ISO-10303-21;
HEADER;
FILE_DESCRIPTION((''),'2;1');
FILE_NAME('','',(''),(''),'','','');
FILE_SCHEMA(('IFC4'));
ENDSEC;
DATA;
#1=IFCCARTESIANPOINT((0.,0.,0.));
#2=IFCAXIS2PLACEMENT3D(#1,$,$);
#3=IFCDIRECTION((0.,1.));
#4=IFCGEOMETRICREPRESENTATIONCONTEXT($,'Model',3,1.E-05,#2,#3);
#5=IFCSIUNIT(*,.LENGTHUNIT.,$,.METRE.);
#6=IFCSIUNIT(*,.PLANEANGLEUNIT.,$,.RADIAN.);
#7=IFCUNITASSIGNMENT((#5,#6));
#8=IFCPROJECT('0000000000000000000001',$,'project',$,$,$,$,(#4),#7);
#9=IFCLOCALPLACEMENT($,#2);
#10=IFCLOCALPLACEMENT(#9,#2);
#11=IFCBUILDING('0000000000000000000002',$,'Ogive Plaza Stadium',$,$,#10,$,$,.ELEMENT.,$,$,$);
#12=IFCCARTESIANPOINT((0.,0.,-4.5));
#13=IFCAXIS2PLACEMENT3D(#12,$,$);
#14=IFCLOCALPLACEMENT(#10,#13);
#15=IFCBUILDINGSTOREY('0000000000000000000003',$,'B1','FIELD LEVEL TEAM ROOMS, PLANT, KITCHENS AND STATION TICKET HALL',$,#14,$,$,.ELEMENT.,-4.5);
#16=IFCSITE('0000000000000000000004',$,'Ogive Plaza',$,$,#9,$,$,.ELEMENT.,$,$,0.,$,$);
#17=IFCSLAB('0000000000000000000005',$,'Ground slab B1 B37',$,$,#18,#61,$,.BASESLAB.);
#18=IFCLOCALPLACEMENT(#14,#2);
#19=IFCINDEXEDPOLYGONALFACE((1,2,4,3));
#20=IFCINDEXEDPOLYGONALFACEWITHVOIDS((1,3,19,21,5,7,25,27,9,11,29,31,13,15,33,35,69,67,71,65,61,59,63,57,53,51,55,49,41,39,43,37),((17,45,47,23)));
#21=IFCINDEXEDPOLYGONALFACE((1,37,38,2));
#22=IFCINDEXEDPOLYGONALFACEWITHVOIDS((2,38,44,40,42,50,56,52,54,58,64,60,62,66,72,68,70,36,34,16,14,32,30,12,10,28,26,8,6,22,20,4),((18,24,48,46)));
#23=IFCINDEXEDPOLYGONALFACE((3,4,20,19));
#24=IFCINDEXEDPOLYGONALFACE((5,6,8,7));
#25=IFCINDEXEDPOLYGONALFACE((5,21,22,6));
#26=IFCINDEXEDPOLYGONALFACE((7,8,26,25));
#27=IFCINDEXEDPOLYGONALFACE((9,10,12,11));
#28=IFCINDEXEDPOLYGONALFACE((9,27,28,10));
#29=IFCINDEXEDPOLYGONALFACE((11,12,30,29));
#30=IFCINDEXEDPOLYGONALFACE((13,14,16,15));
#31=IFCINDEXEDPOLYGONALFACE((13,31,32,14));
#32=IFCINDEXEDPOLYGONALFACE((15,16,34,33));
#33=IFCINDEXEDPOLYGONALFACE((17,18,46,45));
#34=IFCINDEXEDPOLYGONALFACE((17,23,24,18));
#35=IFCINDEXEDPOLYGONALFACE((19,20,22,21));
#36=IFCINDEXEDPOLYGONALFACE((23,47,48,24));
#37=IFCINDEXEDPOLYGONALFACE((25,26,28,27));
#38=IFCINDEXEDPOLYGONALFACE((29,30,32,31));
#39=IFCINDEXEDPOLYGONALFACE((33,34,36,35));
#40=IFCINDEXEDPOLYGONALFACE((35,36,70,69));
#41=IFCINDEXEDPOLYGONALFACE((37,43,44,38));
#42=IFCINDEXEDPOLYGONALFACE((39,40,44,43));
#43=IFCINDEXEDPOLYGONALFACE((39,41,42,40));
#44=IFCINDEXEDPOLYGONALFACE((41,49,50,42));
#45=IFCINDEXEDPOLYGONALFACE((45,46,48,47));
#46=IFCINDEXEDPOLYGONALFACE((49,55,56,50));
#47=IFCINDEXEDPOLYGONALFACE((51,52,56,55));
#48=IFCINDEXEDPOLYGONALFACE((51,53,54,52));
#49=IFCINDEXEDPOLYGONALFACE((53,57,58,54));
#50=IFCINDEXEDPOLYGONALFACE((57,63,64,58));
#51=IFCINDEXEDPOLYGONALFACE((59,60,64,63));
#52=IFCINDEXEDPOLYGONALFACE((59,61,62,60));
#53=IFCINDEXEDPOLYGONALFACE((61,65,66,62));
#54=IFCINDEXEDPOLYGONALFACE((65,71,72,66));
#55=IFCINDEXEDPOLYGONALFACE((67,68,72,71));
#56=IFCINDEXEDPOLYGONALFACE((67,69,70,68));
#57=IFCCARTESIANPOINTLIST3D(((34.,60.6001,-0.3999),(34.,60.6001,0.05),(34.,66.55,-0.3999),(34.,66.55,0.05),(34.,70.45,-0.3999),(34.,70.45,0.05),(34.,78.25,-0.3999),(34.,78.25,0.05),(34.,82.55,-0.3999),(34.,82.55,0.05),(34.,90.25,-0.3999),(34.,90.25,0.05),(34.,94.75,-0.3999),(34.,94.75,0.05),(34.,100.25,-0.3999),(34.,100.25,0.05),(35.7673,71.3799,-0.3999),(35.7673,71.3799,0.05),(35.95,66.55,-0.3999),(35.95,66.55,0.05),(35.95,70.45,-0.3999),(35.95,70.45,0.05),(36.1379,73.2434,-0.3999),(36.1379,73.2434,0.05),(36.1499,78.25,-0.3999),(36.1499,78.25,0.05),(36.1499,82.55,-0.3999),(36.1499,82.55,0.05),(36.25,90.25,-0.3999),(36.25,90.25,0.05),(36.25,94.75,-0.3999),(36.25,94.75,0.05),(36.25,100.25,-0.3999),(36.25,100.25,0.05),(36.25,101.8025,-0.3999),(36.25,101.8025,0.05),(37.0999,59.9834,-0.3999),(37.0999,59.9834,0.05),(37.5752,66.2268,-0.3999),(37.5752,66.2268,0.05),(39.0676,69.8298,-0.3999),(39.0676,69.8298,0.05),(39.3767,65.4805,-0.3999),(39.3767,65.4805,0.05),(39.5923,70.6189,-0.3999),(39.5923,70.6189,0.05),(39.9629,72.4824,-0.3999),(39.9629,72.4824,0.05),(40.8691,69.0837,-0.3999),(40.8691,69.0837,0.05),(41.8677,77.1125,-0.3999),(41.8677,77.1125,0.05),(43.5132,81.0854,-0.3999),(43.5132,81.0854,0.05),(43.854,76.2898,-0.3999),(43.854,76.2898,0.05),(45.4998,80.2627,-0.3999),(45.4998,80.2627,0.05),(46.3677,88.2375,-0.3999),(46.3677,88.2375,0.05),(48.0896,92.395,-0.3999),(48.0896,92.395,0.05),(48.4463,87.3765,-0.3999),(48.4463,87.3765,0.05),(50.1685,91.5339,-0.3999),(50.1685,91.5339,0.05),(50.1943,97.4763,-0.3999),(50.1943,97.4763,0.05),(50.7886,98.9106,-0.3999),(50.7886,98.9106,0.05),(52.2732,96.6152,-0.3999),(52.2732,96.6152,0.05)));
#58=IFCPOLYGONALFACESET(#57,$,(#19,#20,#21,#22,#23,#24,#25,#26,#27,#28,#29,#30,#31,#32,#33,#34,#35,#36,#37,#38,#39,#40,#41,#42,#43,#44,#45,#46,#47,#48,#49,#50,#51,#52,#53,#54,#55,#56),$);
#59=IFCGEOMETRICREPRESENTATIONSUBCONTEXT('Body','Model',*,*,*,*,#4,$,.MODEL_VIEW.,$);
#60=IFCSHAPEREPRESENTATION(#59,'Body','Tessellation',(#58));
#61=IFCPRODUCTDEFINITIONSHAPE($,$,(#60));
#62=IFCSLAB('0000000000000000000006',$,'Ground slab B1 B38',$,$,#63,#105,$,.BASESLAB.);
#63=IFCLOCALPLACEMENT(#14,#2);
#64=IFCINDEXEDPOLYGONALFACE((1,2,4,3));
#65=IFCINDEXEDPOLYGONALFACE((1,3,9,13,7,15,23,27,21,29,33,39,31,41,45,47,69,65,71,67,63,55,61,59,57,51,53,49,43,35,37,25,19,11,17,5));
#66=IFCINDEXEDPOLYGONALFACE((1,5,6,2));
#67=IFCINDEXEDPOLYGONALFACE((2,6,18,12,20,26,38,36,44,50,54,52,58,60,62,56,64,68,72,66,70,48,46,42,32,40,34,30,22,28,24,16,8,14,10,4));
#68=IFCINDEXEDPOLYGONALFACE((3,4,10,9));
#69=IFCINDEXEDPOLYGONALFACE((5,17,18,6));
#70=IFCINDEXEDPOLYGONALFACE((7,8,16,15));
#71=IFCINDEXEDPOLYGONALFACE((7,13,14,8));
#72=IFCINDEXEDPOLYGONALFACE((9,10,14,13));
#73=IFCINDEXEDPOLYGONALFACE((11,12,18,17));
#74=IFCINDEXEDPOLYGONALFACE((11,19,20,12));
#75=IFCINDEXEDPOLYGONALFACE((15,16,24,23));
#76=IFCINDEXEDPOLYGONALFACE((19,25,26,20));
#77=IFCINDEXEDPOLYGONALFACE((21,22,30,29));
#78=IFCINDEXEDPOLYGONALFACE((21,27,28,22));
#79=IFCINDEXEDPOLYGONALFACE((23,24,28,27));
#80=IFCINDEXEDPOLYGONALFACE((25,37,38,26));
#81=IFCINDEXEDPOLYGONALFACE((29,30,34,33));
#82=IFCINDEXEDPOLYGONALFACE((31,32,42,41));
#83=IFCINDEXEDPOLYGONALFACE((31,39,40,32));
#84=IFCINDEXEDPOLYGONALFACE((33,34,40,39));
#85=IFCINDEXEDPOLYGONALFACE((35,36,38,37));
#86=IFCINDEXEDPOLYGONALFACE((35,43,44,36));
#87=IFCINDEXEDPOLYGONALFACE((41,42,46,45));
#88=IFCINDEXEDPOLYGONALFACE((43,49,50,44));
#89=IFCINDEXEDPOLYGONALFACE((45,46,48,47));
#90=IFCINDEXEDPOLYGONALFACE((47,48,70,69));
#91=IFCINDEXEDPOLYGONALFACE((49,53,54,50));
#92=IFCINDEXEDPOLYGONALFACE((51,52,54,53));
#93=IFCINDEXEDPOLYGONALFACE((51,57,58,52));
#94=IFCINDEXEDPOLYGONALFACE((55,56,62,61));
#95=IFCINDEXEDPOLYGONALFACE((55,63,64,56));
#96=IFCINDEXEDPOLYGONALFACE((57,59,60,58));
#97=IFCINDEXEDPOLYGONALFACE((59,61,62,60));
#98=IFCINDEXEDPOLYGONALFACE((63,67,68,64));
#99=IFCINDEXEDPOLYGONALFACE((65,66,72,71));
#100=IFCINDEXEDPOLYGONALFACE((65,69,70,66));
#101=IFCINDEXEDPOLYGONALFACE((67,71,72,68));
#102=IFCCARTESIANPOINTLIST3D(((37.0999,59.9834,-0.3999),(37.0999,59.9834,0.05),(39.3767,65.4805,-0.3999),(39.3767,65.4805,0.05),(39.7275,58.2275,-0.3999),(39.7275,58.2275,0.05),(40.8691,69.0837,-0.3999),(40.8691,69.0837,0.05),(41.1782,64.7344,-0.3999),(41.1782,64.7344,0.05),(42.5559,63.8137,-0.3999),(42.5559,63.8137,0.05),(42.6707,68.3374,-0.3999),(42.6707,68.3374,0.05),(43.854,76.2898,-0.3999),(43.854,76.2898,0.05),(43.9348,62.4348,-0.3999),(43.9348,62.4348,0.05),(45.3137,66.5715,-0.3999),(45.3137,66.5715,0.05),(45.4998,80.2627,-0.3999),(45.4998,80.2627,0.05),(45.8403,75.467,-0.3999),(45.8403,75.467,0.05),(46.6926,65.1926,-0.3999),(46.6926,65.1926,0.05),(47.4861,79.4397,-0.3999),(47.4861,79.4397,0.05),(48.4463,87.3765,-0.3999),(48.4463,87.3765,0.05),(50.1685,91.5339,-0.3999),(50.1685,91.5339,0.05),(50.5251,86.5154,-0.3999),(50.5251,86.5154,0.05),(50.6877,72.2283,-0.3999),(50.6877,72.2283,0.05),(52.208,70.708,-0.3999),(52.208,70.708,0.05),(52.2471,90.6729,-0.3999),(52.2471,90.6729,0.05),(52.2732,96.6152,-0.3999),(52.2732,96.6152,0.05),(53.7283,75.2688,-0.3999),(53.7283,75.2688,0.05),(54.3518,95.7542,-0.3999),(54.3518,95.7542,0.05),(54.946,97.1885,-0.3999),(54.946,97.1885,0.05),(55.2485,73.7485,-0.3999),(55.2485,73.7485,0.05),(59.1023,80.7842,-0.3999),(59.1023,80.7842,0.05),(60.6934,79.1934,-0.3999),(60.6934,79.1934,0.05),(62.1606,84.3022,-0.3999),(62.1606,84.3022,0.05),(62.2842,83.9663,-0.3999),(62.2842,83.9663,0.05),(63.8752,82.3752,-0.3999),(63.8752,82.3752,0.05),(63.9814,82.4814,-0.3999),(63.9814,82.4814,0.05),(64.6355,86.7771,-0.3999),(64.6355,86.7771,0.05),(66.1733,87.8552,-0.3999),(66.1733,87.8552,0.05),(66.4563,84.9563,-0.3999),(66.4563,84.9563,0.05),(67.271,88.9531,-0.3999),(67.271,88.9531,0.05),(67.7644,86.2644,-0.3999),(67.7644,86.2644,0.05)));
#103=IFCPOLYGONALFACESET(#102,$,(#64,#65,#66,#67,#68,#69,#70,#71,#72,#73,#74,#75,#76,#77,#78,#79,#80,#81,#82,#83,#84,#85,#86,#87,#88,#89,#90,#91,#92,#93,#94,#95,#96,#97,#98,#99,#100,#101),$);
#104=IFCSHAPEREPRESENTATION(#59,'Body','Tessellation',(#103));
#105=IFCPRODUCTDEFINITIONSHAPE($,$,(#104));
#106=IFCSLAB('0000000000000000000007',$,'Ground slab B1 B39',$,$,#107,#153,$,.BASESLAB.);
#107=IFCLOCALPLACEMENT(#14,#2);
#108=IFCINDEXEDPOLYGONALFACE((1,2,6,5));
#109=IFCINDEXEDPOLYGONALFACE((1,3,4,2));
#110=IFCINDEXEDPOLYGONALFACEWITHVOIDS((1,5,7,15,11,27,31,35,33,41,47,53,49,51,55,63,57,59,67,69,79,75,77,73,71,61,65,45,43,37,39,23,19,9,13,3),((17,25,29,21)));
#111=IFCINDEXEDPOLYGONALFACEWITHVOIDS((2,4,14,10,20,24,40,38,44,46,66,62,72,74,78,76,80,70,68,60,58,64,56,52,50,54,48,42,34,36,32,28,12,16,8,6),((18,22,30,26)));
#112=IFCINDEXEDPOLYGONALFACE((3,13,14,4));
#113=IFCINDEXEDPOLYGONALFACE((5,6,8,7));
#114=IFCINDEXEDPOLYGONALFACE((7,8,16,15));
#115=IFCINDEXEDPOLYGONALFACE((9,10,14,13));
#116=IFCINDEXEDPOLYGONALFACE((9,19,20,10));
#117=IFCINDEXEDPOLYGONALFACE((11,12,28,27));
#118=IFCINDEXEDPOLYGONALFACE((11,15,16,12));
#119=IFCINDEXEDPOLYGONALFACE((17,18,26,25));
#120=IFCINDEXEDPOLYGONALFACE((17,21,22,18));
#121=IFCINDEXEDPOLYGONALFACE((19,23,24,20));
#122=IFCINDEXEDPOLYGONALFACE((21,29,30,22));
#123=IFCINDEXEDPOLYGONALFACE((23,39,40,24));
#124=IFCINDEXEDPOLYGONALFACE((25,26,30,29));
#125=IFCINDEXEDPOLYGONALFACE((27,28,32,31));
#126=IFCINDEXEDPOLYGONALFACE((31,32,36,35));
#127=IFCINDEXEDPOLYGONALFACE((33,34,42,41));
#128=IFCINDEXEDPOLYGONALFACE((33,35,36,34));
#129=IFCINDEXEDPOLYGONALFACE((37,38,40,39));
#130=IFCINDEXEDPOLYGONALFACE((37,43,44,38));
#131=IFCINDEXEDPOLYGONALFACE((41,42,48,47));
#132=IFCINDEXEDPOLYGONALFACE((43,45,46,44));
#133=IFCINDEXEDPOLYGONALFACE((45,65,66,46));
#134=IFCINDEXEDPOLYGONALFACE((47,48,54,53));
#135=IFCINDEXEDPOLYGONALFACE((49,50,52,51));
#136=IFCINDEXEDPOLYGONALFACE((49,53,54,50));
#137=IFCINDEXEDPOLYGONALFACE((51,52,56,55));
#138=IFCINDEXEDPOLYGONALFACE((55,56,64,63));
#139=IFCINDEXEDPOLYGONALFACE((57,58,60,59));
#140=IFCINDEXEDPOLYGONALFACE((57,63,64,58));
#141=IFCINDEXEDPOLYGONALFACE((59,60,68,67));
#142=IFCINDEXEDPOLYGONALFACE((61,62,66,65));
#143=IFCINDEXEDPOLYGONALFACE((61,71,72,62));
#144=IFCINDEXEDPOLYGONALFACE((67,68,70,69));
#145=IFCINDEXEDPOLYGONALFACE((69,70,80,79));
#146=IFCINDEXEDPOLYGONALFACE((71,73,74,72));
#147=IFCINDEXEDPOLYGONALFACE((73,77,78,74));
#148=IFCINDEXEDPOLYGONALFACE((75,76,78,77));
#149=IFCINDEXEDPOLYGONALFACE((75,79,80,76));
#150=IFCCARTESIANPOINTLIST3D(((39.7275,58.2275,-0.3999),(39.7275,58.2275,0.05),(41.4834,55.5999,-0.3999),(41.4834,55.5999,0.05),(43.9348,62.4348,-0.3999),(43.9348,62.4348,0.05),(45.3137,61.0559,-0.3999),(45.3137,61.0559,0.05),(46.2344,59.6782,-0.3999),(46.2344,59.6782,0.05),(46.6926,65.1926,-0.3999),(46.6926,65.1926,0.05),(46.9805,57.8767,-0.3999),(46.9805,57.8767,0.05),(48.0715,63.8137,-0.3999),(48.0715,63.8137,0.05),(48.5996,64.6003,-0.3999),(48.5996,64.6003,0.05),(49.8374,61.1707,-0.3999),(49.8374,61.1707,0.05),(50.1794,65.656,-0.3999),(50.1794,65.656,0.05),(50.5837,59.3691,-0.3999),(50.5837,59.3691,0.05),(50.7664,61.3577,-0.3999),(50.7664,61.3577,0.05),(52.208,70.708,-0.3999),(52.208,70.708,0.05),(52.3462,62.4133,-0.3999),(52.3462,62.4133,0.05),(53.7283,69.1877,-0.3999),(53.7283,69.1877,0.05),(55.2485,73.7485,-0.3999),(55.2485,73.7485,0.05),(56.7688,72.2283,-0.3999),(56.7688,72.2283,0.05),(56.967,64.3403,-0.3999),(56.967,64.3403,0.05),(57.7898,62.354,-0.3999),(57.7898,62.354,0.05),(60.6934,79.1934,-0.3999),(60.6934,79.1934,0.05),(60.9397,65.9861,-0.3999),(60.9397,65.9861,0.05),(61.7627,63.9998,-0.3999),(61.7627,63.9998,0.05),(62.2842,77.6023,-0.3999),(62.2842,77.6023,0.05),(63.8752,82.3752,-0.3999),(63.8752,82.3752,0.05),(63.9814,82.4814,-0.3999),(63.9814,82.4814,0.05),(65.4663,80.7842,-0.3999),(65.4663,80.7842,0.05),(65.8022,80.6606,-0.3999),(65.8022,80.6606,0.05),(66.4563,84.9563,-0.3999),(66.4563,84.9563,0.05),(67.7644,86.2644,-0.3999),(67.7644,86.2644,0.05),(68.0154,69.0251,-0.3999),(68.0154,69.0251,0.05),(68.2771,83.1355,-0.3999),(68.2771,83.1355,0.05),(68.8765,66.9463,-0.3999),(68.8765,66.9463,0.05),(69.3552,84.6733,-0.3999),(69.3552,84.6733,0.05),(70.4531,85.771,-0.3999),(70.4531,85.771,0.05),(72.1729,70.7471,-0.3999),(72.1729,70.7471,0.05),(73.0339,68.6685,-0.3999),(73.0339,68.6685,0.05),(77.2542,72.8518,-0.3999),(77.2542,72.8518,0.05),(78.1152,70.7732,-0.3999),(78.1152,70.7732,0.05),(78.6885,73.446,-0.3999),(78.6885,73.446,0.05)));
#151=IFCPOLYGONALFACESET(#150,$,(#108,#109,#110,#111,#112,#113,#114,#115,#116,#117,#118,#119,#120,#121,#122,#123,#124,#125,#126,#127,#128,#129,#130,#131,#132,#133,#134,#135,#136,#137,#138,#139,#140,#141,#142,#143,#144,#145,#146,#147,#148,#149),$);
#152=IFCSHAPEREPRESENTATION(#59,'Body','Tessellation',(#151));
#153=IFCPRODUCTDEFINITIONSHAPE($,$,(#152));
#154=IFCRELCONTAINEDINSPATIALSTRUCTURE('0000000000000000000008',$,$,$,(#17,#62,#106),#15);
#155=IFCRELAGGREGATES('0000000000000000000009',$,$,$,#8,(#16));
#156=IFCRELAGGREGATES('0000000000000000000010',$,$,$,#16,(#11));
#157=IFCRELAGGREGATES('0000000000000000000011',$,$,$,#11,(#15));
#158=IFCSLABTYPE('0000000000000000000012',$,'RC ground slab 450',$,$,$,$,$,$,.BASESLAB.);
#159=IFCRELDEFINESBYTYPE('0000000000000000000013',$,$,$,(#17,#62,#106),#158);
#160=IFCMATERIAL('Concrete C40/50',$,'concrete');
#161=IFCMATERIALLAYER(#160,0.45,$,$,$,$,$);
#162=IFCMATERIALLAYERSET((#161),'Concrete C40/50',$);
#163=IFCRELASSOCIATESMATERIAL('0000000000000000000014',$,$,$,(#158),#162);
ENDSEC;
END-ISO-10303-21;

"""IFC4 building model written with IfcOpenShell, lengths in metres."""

from ifc_helpers import new_model, si_unit, direction, frame, origin, place, context, subcontext, project, spatial, polyline, outline, extrude, material, layer, layer_set, type_object, element, save


model = new_model("IFC4")

# Units and contexts
model_context = context("Model", 3, precision=1e-05, world=origin(), true_north=direction((0.0, 1.0)))
body_context = subcontext(model_context, "Body", "Model", "MODEL_VIEW")
ifc_project = project(units=[si_unit("LENGTHUNIT", "METRE"), si_unit("PLANEANGLEUNIT", "RADIAN")], contexts=[model_context])

# Site, building, storey
site_placement = place(None, origin())
site = spatial("IfcSite", under=ifc_project, at=site_placement, Name="Ogive Plaza", CompositionType="ELEMENT", RefElevation=0.0)
building_placement = place(site_placement, origin())
building = spatial("IfcBuilding", under=site, at=building_placement, Name="Ogive Plaza Stadium", CompositionType="ELEMENT")
storey_placement = place(building_placement, frame((0.0, 0.0, -4.5)))
storey = spatial("IfcBuildingStorey", under=building, at=storey_placement, Name="B1", Description="FIELD LEVEL TEAM ROOMS, PLANT, KITCHENS AND STATION TICKET HALL", CompositionType="ELEMENT", Elevation=-4.5)

# Slabs
ifc_material_1 = material(Name="Concrete C40/50", Category="concrete")
ifc_layer_1 = layer(ifc_material_1, 0.45)
ifc_layer_set_1 = layer_set([ifc_layer_1], Name="Concrete C40/50")
slab_type_1 = type_object("IfcSlabType", Name="RC ground slab 450", PredefinedType="BASESLAB", material=ifc_layer_set_1)
slab_1_placement = place(storey_placement, frame((0.0, 0.0, -0.3999)))
element("IfcSlab", 1, at=slab_1_placement, inside=storey, type_object=slab_type_1, Name="Ground slab B1 B37", PredefinedType="BASESLAB", context=body_context, shape_type="SweptSolid", body=[
    extrude(outline(polyline([(39.3767, 65.4805), (37.5752, 66.2268), (39.0676, 69.8298), (40.8691, 69.0837), (43.854, 76.2898), (41.8677, 77.1125), (43.5132, 81.0854), (45.4998, 80.2627), (48.4463, 87.3765), (46.3677, 88.2375), (48.0896, 92.395), (50.1685, 91.5339), (52.2732, 96.6152), (50.1943, 97.4763), (50.7886, 98.9106), (36.25, 101.8025), (36.25, 100.25), (34.0, 100.25), (34.0, 94.75), (36.25, 94.75), (36.25, 90.25), (34.0, 90.25), (34.0, 82.55), (36.1499, 82.55), (36.1499, 78.25), (34.0, 78.25), (34.0, 70.45), (35.95, 70.45), (35.95, 66.55), (34.0, 66.55), (34.0, 60.6001), (37.0999, 59.9834), (39.3767, 65.4805)]), holes=[polyline([(36.1379, 73.2434), (35.7673, 71.3799), (39.5923, 70.6189), (39.9629, 72.4824), (36.1379, 73.2434)])]), origin(), (0.0, 0.0, 1.0), 0.45),
])
slab_2_placement = place(storey_placement, frame((0.0, 0.0, -0.3999)))
element("IfcSlab", 2, at=slab_2_placement, inside=storey, type_object=slab_type_1, Name="Ground slab B1 B38", PredefinedType="BASESLAB", context=body_context, shape_type="SweptSolid", body=[
    extrude(outline(polyline([(43.9348, 62.4348), (42.5559, 63.8137), (45.3137, 66.5715), (46.6926, 65.1926), (52.208, 70.708), (50.6877, 72.2283), (53.7283, 75.2688), (55.2485, 73.7485), (60.6934, 79.1934), (59.1023, 80.7842), (62.2842, 83.9663), (63.8752, 82.3752), (63.9814, 82.4814), (62.1606, 84.3022), (64.6355, 86.7771), (66.4563, 84.9563), (67.7644, 86.2644), (66.1733, 87.8552), (67.271, 88.9531), (54.946, 97.1885), (54.3518, 95.7542), (52.2732, 96.6152), (50.1685, 91.5339), (52.2471, 90.6729), (50.5251, 86.5154), (48.4463, 87.3765), (45.4998, 80.2627), (47.4861, 79.4397), (45.8403, 75.467), (43.854, 76.2898), (40.8691, 69.0837), (42.6707, 68.3374), (41.1782, 64.7344), (39.3767, 65.4805), (37.0999, 59.9834), (39.7275, 58.2275), (43.9348, 62.4348)])), origin(), (0.0, 0.0, 1.0), 0.45),
])
slab_3_placement = place(storey_placement, frame((0.0, 0.0, -0.3999)))
element("IfcSlab", 3, at=slab_3_placement, inside=storey, type_object=slab_type_1, Name="Ground slab B1 B39", PredefinedType="BASESLAB", context=body_context, shape_type="SweptSolid", body=[
    extrude(outline(polyline([(46.9805, 57.8767), (46.2344, 59.6782), (49.8374, 61.1707), (50.5837, 59.3691), (57.7898, 62.354), (56.967, 64.3403), (60.9397, 65.9861), (61.7627, 63.9998), (68.8765, 66.9463), (68.0154, 69.0251), (72.1729, 70.7471), (73.0339, 68.6685), (78.1152, 70.7732), (77.2542, 72.8518), (78.6885, 73.446), (70.4531, 85.771), (69.3552, 84.6733), (67.7644, 86.2644), (66.4563, 84.9563), (68.2771, 83.1355), (65.8022, 80.6606), (63.9814, 82.4814), (63.8752, 82.3752), (65.4663, 80.7842), (62.2842, 77.6023), (60.6934, 79.1934), (55.2485, 73.7485), (56.7688, 72.2283), (53.7283, 69.1877), (52.208, 70.708), (46.6926, 65.1926), (48.0715, 63.8137), (45.3137, 61.0559), (43.9348, 62.4348), (39.7275, 58.2275), (41.4834, 55.5999), (46.9805, 57.8767)]), holes=[polyline([(50.1794, 65.656), (48.5996, 64.6003), (50.7664, 61.3577), (52.3462, 62.4133), (50.1794, 65.656)])]), origin(), (0.0, 0.0, 1.0), 0.45),
])

save(model, "model.ifc")
